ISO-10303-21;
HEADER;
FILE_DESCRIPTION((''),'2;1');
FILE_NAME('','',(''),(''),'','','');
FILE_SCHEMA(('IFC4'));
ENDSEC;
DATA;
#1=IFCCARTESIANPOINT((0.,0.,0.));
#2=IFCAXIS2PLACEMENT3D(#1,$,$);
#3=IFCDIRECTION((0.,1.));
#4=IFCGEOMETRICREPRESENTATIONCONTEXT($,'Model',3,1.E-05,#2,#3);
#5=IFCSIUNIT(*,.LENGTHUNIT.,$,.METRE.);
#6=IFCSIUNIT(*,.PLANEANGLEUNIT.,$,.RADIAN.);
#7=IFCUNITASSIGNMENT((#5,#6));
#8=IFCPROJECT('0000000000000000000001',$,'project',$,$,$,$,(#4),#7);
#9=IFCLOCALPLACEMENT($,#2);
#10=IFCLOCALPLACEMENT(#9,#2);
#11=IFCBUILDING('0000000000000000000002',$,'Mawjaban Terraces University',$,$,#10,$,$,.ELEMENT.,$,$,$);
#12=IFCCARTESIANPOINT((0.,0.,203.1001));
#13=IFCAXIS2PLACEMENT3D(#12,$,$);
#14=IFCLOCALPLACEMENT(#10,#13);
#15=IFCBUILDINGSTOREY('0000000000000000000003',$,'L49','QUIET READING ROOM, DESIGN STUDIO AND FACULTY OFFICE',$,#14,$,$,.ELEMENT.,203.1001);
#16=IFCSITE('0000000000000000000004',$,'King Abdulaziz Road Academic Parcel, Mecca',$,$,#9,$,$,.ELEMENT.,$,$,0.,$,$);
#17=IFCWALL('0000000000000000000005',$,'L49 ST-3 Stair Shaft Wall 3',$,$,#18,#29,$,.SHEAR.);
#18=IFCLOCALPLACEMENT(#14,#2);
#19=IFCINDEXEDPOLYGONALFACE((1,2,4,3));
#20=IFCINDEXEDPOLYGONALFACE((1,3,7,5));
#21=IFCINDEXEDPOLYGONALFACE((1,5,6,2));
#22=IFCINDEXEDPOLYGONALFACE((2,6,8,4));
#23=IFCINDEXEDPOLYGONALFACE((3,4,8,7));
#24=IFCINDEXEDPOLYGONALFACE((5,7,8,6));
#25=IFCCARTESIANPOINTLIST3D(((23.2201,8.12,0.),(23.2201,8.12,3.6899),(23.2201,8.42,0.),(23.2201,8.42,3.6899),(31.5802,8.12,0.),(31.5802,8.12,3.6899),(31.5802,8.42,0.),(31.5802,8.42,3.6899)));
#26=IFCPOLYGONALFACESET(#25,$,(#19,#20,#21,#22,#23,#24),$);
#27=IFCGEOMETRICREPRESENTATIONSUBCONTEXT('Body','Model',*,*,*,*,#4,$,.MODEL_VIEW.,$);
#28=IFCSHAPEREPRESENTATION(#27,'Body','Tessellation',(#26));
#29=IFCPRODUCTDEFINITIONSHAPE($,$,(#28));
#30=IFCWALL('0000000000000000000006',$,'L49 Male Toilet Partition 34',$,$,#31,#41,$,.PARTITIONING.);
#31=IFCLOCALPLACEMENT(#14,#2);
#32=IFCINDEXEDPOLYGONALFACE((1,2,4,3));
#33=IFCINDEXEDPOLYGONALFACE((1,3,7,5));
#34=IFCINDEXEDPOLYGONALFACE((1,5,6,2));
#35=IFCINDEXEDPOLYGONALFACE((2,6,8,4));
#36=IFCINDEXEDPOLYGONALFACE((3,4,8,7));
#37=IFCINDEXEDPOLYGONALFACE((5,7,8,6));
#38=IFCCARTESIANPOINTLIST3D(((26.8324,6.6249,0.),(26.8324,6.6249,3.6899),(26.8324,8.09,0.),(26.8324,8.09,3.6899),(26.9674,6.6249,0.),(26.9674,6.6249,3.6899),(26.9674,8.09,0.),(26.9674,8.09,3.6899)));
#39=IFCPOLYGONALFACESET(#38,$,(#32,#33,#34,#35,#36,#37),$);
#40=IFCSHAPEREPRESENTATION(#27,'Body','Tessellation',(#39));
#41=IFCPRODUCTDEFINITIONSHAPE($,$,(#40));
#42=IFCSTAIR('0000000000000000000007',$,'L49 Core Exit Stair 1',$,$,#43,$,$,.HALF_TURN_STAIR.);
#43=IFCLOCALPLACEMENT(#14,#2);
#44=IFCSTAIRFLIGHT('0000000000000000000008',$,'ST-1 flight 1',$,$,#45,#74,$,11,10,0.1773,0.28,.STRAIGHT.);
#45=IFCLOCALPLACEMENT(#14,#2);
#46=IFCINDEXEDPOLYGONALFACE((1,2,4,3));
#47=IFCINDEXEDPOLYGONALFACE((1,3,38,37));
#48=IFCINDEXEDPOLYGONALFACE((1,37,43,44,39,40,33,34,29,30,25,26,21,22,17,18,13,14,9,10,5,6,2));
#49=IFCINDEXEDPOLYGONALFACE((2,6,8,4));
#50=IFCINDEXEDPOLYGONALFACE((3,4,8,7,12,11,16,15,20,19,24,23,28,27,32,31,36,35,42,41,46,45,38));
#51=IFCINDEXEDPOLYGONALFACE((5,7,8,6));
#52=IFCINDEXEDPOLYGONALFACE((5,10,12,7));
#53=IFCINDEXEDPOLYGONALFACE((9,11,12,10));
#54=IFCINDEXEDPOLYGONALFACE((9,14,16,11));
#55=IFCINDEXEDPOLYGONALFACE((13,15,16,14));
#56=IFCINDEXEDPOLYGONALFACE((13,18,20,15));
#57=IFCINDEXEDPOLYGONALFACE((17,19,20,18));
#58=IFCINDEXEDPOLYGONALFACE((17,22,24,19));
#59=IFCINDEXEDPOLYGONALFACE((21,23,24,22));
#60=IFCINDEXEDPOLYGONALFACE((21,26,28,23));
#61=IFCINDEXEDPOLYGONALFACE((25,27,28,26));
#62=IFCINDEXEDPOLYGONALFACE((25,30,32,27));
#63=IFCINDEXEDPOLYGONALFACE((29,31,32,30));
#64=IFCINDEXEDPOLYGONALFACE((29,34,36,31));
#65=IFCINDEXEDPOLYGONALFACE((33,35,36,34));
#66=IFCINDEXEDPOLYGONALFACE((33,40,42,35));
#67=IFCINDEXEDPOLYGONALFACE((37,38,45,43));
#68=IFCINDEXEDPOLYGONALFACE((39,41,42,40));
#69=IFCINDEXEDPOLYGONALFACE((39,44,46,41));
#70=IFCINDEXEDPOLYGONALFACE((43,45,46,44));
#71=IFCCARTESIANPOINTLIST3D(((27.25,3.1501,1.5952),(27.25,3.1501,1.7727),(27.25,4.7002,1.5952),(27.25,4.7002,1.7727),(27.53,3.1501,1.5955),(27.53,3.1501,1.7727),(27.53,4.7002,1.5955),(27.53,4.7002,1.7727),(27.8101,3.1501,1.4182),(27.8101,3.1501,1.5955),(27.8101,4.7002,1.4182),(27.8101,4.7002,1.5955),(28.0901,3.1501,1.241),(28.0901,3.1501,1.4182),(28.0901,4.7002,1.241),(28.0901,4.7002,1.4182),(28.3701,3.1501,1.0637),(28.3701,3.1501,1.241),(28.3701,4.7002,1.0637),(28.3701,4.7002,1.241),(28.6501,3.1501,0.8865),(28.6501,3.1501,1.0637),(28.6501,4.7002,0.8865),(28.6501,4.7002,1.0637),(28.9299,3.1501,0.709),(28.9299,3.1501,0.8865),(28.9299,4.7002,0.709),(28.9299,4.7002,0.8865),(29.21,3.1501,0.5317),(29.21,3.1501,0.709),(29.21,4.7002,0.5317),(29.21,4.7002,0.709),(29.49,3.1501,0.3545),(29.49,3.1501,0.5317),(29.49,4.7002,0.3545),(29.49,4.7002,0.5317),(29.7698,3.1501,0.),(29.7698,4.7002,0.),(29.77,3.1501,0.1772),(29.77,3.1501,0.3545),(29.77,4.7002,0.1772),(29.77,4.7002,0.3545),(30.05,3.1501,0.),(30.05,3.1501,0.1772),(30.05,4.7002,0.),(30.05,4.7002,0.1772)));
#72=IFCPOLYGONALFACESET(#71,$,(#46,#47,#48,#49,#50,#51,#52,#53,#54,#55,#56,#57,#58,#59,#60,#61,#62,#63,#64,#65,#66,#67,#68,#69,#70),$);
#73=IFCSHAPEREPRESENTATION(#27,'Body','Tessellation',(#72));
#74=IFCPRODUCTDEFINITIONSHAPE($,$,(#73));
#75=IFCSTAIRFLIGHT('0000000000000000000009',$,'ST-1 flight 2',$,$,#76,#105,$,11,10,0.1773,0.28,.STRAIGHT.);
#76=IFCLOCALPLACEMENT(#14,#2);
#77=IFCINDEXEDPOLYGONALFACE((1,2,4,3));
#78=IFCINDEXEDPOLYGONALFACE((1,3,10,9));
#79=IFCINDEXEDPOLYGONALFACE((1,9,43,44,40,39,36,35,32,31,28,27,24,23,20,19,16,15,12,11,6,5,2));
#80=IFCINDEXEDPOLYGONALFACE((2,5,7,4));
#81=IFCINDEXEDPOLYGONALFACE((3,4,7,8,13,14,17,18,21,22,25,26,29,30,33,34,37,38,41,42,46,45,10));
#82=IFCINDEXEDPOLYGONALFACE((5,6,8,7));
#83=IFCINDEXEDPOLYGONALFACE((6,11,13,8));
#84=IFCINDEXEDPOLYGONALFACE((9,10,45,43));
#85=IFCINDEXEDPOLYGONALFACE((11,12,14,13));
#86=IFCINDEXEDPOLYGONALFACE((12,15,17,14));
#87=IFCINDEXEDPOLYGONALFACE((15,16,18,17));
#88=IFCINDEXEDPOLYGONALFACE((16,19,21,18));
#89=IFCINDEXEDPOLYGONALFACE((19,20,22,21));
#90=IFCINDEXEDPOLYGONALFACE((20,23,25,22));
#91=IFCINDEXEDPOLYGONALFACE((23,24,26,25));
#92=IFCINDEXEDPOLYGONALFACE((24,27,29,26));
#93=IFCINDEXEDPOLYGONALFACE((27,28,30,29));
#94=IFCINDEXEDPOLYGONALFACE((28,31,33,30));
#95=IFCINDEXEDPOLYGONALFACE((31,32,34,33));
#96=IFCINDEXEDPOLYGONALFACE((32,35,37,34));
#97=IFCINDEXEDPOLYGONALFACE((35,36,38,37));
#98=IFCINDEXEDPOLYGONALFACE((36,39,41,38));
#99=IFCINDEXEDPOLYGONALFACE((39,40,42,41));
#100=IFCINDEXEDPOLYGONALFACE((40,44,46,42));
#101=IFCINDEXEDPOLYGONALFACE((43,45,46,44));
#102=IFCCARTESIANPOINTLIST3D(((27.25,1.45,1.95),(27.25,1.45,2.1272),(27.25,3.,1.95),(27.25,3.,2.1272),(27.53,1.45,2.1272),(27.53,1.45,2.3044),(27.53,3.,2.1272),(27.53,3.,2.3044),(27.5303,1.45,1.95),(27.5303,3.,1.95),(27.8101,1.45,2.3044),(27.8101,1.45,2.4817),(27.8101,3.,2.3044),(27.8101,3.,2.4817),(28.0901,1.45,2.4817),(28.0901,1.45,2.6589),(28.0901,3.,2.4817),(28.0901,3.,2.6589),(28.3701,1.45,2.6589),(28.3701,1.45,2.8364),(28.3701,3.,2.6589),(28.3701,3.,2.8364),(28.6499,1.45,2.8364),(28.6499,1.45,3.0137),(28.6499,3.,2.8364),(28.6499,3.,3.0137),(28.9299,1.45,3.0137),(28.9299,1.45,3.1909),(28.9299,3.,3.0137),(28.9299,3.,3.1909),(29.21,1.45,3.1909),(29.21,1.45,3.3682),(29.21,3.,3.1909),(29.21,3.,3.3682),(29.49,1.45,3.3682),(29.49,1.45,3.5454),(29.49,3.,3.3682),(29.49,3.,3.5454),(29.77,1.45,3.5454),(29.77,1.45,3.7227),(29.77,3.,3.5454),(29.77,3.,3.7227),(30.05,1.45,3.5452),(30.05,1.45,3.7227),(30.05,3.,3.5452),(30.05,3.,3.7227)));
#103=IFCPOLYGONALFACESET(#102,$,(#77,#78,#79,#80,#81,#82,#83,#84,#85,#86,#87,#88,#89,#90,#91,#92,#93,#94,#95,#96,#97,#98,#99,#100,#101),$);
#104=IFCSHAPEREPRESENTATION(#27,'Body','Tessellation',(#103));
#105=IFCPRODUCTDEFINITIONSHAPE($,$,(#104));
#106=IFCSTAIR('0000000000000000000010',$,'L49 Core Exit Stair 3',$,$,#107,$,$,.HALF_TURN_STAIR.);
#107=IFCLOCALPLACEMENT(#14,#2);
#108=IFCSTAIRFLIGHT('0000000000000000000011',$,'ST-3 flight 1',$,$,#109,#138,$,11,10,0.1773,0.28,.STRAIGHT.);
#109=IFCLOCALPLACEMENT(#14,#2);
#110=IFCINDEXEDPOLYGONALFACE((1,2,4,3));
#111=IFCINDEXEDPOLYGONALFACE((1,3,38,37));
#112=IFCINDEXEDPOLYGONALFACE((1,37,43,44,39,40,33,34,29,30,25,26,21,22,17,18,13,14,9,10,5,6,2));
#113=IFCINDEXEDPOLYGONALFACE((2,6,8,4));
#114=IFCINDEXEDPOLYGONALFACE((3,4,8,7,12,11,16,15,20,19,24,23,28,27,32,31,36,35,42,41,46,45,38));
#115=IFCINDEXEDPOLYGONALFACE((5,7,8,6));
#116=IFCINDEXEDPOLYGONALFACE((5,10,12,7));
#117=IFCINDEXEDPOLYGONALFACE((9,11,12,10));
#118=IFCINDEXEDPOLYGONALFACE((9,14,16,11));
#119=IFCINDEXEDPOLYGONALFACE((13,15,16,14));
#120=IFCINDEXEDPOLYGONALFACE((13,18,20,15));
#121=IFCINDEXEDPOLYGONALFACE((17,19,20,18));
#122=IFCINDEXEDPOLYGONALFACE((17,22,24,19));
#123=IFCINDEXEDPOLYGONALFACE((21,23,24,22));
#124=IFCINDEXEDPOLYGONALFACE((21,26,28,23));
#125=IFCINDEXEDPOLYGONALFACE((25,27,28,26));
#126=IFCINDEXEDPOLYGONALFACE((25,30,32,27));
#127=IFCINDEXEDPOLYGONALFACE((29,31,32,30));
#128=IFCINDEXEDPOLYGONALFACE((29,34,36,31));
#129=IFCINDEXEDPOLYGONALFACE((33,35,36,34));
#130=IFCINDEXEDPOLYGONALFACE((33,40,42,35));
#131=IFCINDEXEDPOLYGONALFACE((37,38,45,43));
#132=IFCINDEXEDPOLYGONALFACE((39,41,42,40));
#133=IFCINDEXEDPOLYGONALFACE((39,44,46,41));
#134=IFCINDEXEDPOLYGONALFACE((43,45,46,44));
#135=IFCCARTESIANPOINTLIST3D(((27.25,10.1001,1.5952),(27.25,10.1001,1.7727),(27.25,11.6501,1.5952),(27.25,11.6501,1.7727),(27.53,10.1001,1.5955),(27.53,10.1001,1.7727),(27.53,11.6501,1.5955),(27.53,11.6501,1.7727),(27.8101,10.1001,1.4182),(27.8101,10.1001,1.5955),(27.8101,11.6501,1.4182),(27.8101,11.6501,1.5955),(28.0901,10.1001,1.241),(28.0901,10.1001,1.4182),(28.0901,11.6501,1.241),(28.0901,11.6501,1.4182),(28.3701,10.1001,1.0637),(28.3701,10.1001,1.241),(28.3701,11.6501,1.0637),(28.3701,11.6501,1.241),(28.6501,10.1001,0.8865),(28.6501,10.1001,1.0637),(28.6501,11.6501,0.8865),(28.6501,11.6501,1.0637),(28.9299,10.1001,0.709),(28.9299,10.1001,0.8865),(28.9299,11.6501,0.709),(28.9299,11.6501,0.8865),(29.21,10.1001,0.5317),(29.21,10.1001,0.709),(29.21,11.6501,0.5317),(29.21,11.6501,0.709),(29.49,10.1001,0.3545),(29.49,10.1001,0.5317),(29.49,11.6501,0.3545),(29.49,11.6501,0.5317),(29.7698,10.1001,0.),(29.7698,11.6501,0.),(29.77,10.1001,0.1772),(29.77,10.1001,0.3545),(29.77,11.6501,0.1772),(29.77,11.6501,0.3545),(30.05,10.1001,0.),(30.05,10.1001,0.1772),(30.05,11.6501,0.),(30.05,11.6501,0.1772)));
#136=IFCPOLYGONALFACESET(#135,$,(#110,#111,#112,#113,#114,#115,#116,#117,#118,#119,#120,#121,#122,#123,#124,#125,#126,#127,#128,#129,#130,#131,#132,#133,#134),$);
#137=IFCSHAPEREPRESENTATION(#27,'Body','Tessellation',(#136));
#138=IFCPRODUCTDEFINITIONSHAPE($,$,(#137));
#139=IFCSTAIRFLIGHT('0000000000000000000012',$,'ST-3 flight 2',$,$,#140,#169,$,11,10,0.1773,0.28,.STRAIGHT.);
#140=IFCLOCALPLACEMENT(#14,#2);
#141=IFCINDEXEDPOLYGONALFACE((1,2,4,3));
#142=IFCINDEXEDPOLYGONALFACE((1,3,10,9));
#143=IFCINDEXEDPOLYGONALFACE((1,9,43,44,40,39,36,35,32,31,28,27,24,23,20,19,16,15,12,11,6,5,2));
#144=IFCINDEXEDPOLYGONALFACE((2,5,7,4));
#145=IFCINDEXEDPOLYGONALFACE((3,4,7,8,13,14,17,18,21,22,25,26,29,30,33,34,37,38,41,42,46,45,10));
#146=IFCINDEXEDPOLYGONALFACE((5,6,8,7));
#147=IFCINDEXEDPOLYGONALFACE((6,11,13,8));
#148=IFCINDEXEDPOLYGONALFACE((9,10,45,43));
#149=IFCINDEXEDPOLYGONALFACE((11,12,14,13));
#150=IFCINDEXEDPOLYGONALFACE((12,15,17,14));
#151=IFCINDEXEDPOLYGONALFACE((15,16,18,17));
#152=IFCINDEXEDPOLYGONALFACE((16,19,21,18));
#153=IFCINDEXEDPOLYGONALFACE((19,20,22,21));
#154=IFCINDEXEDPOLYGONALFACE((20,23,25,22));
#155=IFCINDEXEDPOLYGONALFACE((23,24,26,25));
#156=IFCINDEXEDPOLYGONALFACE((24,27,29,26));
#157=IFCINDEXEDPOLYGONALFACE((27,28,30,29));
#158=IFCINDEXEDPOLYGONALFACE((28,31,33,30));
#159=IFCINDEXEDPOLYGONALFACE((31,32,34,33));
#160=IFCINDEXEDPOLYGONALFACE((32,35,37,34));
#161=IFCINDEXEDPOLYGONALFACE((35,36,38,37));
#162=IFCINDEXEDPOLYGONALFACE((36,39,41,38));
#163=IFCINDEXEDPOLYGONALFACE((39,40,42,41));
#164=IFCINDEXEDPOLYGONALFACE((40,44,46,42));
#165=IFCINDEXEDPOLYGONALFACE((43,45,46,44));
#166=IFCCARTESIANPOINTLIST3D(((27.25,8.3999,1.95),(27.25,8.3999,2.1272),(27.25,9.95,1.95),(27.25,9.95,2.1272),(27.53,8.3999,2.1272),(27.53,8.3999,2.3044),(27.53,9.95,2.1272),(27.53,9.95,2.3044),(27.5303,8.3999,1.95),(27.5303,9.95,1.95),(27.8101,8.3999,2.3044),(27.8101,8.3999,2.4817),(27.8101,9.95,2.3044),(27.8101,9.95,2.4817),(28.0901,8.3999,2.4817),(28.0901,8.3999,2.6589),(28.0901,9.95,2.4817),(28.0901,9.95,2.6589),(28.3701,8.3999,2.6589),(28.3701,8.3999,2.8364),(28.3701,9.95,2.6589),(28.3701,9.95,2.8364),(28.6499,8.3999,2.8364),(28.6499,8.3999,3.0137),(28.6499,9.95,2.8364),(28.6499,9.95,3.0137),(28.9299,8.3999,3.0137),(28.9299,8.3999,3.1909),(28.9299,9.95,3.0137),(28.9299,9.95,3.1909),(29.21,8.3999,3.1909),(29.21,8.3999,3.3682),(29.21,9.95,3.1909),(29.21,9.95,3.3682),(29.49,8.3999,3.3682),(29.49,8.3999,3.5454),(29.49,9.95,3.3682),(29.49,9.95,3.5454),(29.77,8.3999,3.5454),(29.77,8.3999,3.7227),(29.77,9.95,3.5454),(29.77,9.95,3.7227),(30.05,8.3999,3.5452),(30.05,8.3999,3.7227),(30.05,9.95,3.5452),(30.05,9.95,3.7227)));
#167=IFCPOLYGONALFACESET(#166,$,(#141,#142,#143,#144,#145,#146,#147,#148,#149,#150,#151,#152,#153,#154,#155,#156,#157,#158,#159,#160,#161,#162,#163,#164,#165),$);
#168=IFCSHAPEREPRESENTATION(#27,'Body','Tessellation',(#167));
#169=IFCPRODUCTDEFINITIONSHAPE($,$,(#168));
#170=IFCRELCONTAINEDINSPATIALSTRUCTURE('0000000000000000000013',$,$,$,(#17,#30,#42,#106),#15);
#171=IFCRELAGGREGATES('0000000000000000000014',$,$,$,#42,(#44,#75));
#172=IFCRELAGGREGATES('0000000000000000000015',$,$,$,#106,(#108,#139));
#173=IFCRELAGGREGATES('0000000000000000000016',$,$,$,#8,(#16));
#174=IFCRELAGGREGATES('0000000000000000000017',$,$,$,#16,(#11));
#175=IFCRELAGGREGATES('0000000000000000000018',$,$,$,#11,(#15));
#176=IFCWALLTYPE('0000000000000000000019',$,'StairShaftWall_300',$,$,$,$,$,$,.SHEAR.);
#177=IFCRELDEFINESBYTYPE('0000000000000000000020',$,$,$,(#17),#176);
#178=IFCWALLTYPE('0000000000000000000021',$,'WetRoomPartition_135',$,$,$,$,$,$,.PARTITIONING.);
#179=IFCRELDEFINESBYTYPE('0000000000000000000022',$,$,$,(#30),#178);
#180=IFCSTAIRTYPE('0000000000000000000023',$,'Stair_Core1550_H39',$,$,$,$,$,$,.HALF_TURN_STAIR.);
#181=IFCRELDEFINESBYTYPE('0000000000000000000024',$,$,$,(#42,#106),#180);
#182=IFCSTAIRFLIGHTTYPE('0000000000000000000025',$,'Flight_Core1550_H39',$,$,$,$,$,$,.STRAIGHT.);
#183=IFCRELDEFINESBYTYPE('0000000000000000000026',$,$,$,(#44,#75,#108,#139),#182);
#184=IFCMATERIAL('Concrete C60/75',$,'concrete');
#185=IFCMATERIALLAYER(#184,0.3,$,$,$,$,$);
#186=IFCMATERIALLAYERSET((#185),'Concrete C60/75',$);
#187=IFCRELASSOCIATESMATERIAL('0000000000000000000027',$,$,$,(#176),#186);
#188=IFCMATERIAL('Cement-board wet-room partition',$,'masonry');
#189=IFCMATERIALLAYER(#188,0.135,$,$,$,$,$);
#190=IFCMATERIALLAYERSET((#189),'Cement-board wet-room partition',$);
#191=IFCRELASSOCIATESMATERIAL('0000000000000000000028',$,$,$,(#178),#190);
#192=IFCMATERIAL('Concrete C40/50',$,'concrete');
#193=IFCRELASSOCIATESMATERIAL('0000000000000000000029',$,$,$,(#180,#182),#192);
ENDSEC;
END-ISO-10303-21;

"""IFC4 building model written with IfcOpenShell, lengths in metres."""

from ifc_helpers import new_model, si_unit, direction, frame, frame_2d, origin, place, context, subcontext, project, spatial, polyline, rectangle, outline, extrude, material, layer, layer_set, type_object, element, aggregate, save


model = new_model("IFC4")

# Units and contexts
model_context = context("Model", 3, precision=1e-05, world=origin(), true_north=direction((0.0, 1.0)))
body_context = subcontext(model_context, "Body", "Model", "MODEL_VIEW")
ifc_project = project(units=[si_unit("LENGTHUNIT", "METRE"), si_unit("PLANEANGLEUNIT", "RADIAN")], contexts=[model_context])

# Site, building, storey
site_placement = place(None, origin())
site = spatial("IfcSite", under=ifc_project, at=site_placement, Name="King Abdulaziz Road Academic Parcel, Mecca", CompositionType="ELEMENT", RefElevation=0.0)
building_placement = place(site_placement, origin())
building = spatial("IfcBuilding", under=site, at=building_placement, Name="Mawjaban Terraces University", CompositionType="ELEMENT")
storey_placement = place(building_placement, frame((0.0, 0.0, 203.1001)))
storey = spatial("IfcBuildingStorey", under=building, at=storey_placement, Name="L49", Description="QUIET READING ROOM, DESIGN STUDIO AND FACULTY OFFICE", CompositionType="ELEMENT", Elevation=203.1001)

# Walls
ifc_material_1 = material(Name="Concrete C60/75", Category="concrete")
ifc_layer_1 = layer(ifc_material_1, 0.3)
ifc_layer_set_1 = layer_set([ifc_layer_1], Name="Concrete C60/75")
wall_type_1 = type_object("IfcWallType", Name="StairShaftWall_300", PredefinedType="SHEAR", material=ifc_layer_set_1)
wall_1_placement = place(storey_placement, frame((23.22, 8.27, 0.0), z_axis=(0.0, 0.0, 1.0), x_axis=(1.0, 0.0, 0.0)))
element("IfcWall", 1, at=wall_1_placement, inside=storey, type_object=wall_type_1, Name="L49 ST-3 Stair Shaft Wall 3", PredefinedType="SHEAR", context=body_context, shape_type="SweptSolid", body=[
    extrude(rectangle(XDim=8.3601, YDim=0.3, at=frame_2d((4.1802, 0.0))), origin(), (0.0, 0.0, 1.0), 3.6899),
])
ifc_material_2 = material(Name="Cement-board wet-room partition", Category="masonry")
ifc_layer_2 = layer(ifc_material_2, 0.135)
ifc_layer_set_2 = layer_set([ifc_layer_2], Name="Cement-board wet-room partition")
wall_type_2 = type_object("IfcWallType", Name="WetRoomPartition_135", PredefinedType="PARTITIONING", material=ifc_layer_set_2)
wall_2_placement = place(storey_placement, frame((26.8999, 6.625, 0.0), z_axis=(0.0, 0.0, 1.0), x_axis=(0.0, 1.0, 0.0)))
element("IfcWall", 2, at=wall_2_placement, inside=storey, type_object=wall_type_2, Name="L49 Male Toilet Partition 34", PredefinedType="PARTITIONING", context=body_context, shape_type="SweptSolid", body=[
    extrude(rectangle(XDim=1.4651, YDim=0.135, at=frame_2d((0.7324, 0.0))), origin(), (0.0, 0.0, 1.0), 3.6899),
])

# Stairs, stair flights
ifc_material_3 = material(Name="Concrete C40/50", Category="concrete")
stair_type = type_object("IfcStairType", Name="Stair_Core1550_H39", PredefinedType="HALF_TURN_STAIR", material=ifc_material_3)
stair_1_placement = place(storey_placement, origin())
stair_1 = element("IfcStair", 3, at=stair_1_placement, inside=storey, type_object=stair_type, Name="L49 Core Exit Stair 1", PredefinedType="HALF_TURN_STAIR")
stair_flight_type = type_object("IfcStairFlightType", Name="Flight_Core1550_H39", PredefinedType="STRAIGHT", material=ifc_material_3)
stair_flight_1_placement = place(storey_placement, frame((30.05, 3.925, 0.0), z_axis=(0.0, 0.0, 1.0), x_axis=(-1.0, 0.0, 0.0)))
stair_flight_1 = element("IfcStairFlight", 4, at=stair_flight_1_placement, type_object=stair_flight_type, Name="ST-1 flight 1", NumberOfRisers=11, NumberOfTreads=10, PredefinedType="STRAIGHT", RiserHeight=0.1773, TreadLength=0.28, context=body_context, shape_type="SweptSolid", body=[
    extrude(outline(polyline([(0.0, 0.0), (0.0, 0.1772), (0.28, 0.1772), (0.28, 0.3545), (0.5601, 0.3545), (0.5601, 0.5317), (0.8401, 0.5317), (0.8401, 0.709), (1.1201, 0.709), (1.1201, 0.8865), (1.3999, 0.8865), (1.3999, 1.0637), (1.6799, 1.0637), (1.6799, 1.241), (1.96, 1.241), (1.96, 1.4182), (2.24, 1.4182), (2.24, 1.5955), (2.52, 1.5955), (2.52, 1.7727), (2.8, 1.7727), (2.8, 1.95), (2.8, 1.5952), (0.2803, 0.0), (0.0, 0.0)])), frame((0.0, 0.7749, 0.0), z_axis=(0.0, -1.0, 0.0), x_axis=(1.0, 0.0, 0.0)), (0.0, 0.0, 1.0), 1.55),
])
stair_flight_2_placement = place(storey_placement, frame((27.25, 2.2251, 1.95), z_axis=(0.0, 0.0, 1.0), x_axis=(1.0, 0.0, 0.0)))
stair_flight_2 = element("IfcStairFlight", 5, at=stair_flight_2_placement, type_object=stair_flight_type, Name="ST-1 flight 2", NumberOfRisers=11, NumberOfTreads=10, PredefinedType="STRAIGHT", RiserHeight=0.1773, TreadLength=0.28, context=body_context, shape_type="SweptSolid", body=[
    extrude(outline(polyline([(0.0, 0.0), (0.0, 0.1772), (0.28, 0.1772), (0.28, 0.3545), (0.5601, 0.3545), (0.5601, 0.5317), (0.8401, 0.5317), (0.8401, 0.709), (1.1201, 0.709), (1.1201, 0.8865), (1.3999, 0.8865), (1.3999, 1.0637), (1.6799, 1.0637), (1.6799, 1.241), (1.96, 1.241), (1.96, 1.4182), (2.24, 1.4182), (2.24, 1.5955), (2.52, 1.5955), (2.52, 1.7727), (2.8, 1.7727), (2.8, 1.95), (2.8, 1.5952), (0.2803, 0.0), (0.0, 0.0)])), frame((0.0, 0.7749, 0.0), z_axis=(0.0, -1.0, 0.0), x_axis=(1.0, 0.0, 0.0)), (0.0, 0.0, 1.0), 1.55),
])
aggregate(stair_1, [stair_flight_1, stair_flight_2])
stair_2_placement = place(storey_placement, origin())
stair_2 = element("IfcStair", 6, at=stair_2_placement, inside=storey, type_object=stair_type, Name="L49 Core Exit Stair 3", PredefinedType="HALF_TURN_STAIR")
stair_flight_3_placement = place(storey_placement, frame((30.05, 10.875, 0.0), z_axis=(0.0, 0.0, 1.0), x_axis=(-1.0, 0.0, 0.0)))
stair_flight_3 = element("IfcStairFlight", 7, at=stair_flight_3_placement, type_object=stair_flight_type, Name="ST-3 flight 1", NumberOfRisers=11, NumberOfTreads=10, PredefinedType="STRAIGHT", RiserHeight=0.1773, TreadLength=0.28, context=body_context, shape_type="SweptSolid", body=[
    extrude(outline(polyline([(0.0, 0.0), (0.0, 0.1772), (0.28, 0.1772), (0.28, 0.3545), (0.5601, 0.3545), (0.5601, 0.5317), (0.8401, 0.5317), (0.8401, 0.709), (1.1201, 0.709), (1.1201, 0.8865), (1.3999, 0.8865), (1.3999, 1.0637), (1.6799, 1.0637), (1.6799, 1.241), (1.96, 1.241), (1.96, 1.4182), (2.24, 1.4182), (2.24, 1.5955), (2.52, 1.5955), (2.52, 1.7727), (2.8, 1.7727), (2.8, 1.95), (2.8, 1.5952), (0.2803, 0.0), (0.0, 0.0)])), frame((0.0, 0.7749, 0.0), z_axis=(0.0, -1.0, 0.0), x_axis=(1.0, 0.0, 0.0)), (0.0, 0.0, 1.0), 1.55),
])
stair_flight_4_placement = place(storey_placement, frame((27.25, 9.175, 1.95), z_axis=(0.0, 0.0, 1.0), x_axis=(1.0, 0.0, 0.0)))
stair_flight_4 = element("IfcStairFlight", 8, at=stair_flight_4_placement, type_object=stair_flight_type, Name="ST-3 flight 2", NumberOfRisers=11, NumberOfTreads=10, PredefinedType="STRAIGHT", RiserHeight=0.1773, TreadLength=0.28, context=body_context, shape_type="SweptSolid", body=[
    extrude(outline(polyline([(0.0, 0.0), (0.0, 0.1772), (0.28, 0.1772), (0.28, 0.3545), (0.5601, 0.3545), (0.5601, 0.5317), (0.8401, 0.5317), (0.8401, 0.709), (1.1201, 0.709), (1.1201, 0.8865), (1.3999, 0.8865), (1.3999, 1.0637), (1.6799, 1.0637), (1.6799, 1.241), (1.96, 1.241), (1.96, 1.4182), (2.24, 1.4182), (2.24, 1.5955), (2.52, 1.5955), (2.52, 1.7727), (2.8, 1.7727), (2.8, 1.95), (2.8, 1.5952), (0.2803, 0.0), (0.0, 0.0)])), frame((0.0, 0.7749, 0.0), z_axis=(0.0, -1.0, 0.0), x_axis=(1.0, 0.0, 0.0)), (0.0, 0.0, 1.0), 1.55),
])
aggregate(stair_2, [stair_flight_3, stair_flight_4])

save(model, "model.ifc")
